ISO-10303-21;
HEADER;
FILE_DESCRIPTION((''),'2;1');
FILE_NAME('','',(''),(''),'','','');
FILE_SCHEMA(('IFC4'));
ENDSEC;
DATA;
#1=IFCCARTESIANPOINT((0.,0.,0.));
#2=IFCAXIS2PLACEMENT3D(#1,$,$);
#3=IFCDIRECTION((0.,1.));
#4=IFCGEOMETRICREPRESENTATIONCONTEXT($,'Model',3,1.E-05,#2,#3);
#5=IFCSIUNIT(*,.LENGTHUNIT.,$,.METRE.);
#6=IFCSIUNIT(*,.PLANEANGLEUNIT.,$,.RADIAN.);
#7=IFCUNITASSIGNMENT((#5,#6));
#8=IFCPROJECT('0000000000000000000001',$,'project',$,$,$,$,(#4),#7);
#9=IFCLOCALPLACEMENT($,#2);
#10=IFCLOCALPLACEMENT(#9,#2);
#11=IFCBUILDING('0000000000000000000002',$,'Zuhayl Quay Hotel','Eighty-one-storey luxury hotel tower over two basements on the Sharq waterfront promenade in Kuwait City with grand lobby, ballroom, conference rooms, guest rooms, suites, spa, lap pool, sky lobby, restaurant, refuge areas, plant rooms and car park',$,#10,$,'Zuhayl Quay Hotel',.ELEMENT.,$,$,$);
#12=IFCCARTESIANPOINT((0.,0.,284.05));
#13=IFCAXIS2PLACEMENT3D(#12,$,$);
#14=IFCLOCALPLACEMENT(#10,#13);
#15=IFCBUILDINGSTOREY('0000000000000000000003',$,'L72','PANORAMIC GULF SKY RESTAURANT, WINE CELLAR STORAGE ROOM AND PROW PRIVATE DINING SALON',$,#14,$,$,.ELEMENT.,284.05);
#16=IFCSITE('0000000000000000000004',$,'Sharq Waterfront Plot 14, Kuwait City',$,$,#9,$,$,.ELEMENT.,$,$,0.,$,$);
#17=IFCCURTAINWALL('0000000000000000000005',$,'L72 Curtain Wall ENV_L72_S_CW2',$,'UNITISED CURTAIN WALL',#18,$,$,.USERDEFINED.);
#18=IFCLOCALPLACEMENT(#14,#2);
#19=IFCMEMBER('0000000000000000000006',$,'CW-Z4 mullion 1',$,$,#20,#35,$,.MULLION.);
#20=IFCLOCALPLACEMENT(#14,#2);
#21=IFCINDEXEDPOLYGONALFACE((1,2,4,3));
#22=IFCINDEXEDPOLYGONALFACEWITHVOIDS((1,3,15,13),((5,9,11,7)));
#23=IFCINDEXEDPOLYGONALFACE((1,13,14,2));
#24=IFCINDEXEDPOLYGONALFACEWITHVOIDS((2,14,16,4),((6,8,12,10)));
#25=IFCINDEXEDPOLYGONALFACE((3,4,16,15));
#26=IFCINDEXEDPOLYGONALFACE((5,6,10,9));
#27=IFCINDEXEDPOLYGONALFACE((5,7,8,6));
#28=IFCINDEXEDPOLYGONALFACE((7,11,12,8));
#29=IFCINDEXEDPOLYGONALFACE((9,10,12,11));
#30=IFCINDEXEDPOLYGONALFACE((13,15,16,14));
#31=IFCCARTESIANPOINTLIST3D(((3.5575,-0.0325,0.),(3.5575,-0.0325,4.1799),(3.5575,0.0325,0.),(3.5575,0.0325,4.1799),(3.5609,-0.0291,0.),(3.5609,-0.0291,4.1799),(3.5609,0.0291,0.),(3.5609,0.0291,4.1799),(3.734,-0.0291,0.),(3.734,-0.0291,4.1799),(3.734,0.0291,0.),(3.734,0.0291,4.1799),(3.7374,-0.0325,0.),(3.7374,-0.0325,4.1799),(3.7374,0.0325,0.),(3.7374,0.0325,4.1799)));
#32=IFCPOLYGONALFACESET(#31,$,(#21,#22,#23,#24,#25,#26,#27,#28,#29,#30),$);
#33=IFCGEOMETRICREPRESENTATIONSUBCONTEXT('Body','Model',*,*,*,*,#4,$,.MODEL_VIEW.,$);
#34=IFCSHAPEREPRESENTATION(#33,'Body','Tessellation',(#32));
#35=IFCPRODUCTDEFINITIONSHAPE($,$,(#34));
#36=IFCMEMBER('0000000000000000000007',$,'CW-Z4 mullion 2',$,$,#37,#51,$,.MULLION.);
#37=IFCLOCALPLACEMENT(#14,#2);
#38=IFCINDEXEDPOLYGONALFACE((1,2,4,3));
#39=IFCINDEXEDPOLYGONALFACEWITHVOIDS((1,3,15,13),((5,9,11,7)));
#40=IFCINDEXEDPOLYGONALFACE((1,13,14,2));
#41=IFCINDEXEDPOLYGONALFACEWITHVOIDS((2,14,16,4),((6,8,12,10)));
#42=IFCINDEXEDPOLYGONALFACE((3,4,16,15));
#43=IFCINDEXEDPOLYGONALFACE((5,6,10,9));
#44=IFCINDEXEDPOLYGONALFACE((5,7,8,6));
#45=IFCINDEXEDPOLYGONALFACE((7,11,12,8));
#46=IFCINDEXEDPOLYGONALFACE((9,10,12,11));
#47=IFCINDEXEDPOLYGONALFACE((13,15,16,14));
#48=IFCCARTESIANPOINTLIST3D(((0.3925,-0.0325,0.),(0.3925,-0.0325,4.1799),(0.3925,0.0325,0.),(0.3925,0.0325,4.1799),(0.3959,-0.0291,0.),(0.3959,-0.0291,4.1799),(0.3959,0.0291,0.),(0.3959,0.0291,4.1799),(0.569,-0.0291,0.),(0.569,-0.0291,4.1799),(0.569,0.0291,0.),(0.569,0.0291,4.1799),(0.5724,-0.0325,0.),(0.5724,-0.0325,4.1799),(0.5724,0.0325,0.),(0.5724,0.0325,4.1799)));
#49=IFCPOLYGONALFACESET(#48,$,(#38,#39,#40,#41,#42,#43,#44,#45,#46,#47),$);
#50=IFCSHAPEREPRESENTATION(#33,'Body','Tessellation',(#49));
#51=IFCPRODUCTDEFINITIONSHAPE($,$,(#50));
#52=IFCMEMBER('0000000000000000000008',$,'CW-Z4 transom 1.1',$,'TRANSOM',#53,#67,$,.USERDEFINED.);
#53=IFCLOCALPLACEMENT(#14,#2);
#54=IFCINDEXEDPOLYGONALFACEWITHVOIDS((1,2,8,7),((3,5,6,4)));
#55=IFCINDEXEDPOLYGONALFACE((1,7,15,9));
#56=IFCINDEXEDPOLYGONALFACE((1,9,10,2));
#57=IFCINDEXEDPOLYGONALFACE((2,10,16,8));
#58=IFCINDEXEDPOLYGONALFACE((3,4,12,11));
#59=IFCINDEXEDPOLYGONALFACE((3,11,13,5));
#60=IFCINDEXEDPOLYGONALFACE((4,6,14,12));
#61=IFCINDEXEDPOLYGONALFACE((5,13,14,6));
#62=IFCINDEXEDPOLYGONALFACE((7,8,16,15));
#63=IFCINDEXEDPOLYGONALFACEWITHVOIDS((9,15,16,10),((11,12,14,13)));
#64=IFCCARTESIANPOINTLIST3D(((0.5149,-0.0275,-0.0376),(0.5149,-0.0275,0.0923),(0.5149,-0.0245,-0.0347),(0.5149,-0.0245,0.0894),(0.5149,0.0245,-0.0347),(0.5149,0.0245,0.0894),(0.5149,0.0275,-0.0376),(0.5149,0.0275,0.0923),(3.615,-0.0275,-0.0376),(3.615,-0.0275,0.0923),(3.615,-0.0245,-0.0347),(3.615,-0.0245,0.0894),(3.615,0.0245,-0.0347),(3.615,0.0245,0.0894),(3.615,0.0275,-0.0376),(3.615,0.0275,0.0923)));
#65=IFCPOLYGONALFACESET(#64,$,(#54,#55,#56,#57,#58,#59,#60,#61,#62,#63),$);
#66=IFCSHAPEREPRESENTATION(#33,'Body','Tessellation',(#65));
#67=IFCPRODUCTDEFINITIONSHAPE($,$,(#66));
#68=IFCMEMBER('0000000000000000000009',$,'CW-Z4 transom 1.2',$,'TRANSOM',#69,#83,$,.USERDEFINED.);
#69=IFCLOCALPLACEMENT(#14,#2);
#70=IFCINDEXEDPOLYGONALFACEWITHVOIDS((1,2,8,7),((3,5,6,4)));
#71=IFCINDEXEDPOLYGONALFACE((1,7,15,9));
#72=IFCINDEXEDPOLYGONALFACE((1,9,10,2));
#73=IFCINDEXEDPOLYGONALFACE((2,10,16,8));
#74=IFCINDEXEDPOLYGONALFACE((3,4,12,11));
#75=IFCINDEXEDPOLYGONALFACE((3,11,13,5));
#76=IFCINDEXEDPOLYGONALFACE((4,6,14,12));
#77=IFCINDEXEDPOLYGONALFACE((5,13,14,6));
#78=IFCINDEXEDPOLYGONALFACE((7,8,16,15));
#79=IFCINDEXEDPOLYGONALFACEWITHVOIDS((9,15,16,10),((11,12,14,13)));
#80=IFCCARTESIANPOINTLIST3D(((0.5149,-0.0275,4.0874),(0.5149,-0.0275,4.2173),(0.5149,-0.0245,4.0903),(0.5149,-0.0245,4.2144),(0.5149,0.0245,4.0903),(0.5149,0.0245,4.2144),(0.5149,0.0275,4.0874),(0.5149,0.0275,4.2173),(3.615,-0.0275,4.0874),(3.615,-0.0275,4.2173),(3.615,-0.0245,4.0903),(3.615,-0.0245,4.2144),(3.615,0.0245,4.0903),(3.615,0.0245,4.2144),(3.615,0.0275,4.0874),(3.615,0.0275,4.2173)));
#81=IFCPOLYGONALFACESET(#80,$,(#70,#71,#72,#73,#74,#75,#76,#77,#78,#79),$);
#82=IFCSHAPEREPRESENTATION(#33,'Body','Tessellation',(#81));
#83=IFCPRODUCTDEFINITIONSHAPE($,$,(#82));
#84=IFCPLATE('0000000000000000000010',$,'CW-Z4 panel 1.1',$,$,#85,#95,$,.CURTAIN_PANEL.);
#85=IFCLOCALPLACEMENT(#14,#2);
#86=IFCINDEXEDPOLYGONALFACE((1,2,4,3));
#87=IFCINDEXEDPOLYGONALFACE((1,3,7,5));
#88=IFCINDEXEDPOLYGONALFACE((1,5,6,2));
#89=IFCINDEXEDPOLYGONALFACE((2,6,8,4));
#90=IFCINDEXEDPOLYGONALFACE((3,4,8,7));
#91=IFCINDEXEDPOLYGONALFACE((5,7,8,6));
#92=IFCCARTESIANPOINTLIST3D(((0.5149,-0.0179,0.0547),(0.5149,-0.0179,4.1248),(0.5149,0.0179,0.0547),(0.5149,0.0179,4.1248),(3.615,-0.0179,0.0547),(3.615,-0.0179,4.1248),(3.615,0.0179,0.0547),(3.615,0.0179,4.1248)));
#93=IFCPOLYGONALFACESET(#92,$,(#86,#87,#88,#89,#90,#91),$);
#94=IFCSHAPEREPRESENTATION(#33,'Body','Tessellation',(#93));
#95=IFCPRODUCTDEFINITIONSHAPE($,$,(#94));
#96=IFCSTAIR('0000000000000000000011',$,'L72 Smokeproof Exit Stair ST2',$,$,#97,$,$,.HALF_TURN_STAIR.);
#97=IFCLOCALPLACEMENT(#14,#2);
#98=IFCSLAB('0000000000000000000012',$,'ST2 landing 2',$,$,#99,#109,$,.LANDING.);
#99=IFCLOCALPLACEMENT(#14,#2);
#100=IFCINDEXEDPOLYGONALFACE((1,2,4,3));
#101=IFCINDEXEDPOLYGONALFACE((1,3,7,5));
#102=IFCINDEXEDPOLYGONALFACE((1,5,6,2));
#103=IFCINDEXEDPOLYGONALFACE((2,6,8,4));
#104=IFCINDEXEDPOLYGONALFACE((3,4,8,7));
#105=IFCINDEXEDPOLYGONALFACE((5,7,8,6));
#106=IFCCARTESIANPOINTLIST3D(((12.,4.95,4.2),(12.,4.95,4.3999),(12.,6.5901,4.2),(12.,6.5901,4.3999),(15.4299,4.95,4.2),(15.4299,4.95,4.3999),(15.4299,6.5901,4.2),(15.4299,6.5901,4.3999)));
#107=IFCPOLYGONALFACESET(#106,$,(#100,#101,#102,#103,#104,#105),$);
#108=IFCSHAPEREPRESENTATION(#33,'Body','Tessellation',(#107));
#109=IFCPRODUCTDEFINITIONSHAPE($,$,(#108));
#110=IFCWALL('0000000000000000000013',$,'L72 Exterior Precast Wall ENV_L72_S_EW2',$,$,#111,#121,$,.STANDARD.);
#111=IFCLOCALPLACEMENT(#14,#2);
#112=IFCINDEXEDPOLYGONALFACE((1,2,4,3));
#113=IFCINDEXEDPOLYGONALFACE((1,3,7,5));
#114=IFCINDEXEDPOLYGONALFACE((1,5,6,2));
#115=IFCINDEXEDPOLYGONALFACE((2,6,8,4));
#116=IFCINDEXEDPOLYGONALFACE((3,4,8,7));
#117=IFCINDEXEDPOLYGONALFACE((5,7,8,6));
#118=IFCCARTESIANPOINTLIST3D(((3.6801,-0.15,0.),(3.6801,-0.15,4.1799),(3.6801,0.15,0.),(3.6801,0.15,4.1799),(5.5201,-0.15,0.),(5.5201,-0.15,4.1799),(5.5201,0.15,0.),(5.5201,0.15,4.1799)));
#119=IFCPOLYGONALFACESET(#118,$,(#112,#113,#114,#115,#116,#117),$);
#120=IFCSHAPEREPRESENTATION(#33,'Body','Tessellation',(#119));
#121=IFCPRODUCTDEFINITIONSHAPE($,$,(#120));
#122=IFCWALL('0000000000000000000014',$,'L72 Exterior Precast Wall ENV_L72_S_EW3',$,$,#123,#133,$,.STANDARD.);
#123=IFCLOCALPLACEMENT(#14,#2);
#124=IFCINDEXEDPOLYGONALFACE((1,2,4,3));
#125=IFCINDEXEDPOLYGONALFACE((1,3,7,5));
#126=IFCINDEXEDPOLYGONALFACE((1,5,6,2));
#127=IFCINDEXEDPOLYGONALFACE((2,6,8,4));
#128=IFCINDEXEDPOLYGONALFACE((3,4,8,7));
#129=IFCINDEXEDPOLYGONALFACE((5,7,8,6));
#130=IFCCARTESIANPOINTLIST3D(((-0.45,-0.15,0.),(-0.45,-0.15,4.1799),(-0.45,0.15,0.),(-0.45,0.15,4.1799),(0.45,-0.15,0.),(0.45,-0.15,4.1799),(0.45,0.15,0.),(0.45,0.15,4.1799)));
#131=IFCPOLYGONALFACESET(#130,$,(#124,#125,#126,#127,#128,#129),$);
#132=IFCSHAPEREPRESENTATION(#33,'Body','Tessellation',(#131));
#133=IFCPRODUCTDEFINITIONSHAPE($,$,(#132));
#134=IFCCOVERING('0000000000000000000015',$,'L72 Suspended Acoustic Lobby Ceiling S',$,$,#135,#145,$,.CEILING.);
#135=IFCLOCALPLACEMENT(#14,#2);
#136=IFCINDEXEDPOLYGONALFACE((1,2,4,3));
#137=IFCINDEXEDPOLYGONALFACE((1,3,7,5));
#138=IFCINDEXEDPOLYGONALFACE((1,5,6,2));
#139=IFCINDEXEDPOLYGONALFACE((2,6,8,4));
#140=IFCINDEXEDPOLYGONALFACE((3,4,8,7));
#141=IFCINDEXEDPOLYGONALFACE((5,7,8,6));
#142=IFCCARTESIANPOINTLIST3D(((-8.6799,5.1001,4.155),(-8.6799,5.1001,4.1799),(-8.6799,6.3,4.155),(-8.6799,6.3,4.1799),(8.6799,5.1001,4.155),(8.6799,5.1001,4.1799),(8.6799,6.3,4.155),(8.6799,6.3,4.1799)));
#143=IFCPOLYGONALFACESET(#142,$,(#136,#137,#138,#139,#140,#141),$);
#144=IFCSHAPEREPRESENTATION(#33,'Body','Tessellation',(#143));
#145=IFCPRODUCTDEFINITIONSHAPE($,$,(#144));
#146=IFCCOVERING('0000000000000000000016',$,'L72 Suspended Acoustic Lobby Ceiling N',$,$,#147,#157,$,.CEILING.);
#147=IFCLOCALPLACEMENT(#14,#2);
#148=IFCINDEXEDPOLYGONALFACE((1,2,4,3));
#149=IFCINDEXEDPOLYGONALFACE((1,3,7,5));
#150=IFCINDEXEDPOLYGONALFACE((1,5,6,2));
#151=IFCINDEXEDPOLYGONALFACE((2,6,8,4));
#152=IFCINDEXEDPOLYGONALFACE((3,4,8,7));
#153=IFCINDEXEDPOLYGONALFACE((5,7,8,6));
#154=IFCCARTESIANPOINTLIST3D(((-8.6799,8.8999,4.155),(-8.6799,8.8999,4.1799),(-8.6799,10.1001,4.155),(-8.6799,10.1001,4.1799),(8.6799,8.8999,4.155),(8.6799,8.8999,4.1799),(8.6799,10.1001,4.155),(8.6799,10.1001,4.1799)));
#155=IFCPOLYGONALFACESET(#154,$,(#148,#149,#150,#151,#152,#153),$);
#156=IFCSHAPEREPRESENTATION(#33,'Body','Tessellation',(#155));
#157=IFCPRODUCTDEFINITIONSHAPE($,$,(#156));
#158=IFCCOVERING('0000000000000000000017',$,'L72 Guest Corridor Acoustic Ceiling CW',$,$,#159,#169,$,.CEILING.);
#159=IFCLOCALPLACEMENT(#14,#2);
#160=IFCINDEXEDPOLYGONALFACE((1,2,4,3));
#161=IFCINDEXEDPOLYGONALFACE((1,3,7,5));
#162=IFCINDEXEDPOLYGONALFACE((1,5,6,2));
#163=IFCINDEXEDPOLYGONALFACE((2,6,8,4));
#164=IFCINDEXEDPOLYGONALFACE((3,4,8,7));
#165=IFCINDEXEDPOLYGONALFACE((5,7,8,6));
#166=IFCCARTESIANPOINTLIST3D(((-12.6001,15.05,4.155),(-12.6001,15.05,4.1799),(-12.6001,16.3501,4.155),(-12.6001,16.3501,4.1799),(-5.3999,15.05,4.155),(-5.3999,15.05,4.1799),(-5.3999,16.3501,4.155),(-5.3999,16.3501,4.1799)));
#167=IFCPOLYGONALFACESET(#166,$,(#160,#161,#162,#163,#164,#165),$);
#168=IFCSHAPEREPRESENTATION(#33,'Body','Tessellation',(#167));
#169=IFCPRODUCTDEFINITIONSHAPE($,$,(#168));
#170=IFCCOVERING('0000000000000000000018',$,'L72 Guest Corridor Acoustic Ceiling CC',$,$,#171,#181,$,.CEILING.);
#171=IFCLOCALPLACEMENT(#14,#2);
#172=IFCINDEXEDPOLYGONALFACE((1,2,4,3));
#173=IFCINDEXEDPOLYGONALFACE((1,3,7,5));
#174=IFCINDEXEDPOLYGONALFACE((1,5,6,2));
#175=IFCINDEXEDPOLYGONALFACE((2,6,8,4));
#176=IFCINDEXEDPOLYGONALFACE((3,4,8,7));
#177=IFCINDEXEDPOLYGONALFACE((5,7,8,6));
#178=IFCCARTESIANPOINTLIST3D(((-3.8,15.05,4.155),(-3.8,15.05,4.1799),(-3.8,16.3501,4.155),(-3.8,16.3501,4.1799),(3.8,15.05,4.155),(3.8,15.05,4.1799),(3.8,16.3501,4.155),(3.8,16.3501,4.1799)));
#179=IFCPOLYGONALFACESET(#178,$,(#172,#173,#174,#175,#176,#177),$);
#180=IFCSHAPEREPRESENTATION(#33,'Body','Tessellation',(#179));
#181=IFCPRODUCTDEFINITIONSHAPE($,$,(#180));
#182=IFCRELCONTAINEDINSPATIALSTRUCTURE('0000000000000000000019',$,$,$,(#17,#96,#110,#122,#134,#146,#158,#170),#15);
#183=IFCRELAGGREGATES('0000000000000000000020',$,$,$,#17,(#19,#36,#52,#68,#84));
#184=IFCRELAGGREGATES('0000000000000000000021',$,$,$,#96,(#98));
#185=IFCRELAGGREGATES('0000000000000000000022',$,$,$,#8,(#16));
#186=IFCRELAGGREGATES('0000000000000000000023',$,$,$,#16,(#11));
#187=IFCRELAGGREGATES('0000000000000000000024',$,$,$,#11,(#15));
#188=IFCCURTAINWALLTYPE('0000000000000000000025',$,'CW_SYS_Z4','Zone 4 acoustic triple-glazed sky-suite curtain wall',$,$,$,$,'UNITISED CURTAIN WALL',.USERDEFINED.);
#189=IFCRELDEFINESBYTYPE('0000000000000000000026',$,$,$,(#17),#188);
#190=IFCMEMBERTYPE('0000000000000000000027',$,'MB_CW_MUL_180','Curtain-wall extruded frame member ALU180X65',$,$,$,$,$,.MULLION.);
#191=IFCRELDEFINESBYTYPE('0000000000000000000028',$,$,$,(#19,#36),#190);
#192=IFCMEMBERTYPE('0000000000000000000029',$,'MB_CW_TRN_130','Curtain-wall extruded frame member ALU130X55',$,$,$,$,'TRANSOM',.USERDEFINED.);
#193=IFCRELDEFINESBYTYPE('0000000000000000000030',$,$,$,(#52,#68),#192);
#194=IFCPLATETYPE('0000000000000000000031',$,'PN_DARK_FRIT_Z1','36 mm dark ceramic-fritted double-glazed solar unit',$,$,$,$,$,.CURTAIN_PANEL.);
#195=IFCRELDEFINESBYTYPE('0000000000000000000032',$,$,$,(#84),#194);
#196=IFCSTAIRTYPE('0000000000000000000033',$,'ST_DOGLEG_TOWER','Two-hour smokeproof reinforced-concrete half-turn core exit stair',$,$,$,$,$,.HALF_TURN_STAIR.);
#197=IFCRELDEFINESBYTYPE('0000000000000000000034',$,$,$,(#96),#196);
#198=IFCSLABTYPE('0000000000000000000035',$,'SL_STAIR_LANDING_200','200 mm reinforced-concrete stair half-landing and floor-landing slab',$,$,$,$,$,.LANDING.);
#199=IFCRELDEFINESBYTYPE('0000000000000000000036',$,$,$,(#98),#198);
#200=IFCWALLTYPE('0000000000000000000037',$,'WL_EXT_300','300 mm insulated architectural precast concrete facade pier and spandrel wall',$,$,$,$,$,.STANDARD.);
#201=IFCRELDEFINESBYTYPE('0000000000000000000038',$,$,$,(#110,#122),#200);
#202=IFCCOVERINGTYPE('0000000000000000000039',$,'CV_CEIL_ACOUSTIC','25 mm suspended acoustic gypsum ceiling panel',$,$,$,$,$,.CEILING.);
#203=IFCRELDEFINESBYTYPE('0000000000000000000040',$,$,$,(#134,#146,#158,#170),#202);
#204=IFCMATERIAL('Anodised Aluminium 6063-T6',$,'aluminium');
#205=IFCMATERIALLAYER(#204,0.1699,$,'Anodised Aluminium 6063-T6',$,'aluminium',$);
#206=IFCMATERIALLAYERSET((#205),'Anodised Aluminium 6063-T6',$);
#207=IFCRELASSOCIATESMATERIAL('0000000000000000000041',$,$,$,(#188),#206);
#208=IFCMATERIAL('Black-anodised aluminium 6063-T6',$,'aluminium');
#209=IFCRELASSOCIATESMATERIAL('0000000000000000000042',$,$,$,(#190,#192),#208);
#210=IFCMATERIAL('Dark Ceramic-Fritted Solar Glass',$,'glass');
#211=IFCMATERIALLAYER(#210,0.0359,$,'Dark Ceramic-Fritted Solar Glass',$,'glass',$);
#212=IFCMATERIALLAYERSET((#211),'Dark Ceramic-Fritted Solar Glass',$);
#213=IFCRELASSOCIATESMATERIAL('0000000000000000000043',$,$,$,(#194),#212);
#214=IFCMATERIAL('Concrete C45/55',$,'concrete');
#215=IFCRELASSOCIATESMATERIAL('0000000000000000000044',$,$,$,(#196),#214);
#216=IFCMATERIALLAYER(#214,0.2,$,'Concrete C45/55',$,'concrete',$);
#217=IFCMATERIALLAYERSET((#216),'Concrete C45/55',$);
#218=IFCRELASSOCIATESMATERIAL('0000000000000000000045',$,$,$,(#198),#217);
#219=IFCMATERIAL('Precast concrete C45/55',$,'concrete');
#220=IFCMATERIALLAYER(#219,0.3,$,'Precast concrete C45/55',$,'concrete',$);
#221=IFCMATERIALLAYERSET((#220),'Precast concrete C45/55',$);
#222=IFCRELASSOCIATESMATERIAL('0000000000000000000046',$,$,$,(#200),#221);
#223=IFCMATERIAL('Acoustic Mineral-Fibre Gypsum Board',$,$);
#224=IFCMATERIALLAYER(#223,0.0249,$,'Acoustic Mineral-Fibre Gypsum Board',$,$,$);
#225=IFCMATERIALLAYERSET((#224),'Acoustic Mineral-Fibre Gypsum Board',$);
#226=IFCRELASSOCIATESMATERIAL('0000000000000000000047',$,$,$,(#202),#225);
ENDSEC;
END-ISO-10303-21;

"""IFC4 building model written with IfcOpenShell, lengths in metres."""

from ifc_helpers import new_model, si_unit, direction, frame, frame_2d, origin, origin_2d, place, context, subcontext, project, spatial, polyline, rectangle, hollow_rectangle, outline, extrude, material, layer, layer_set, material_profile, profile_set, type_object, element, aggregate, save


model = new_model("IFC4")

# Units and contexts
model_context = context("Model", 3, precision=1e-05, world=origin(), true_north=direction((0.0, 1.0)))
body_context = subcontext(model_context, "Body", "Model", "MODEL_VIEW")
ifc_project = project(units=[si_unit("LENGTHUNIT", "METRE"), si_unit("PLANEANGLEUNIT", "RADIAN")], contexts=[model_context])

# Site, building, storey
site_placement = place(None, origin())
site = spatial("IfcSite", under=ifc_project, at=site_placement, Name="Sharq Waterfront Plot 14, Kuwait City", CompositionType="ELEMENT", RefElevation=0.0)
building_placement = place(site_placement, origin())
building = spatial("IfcBuilding", under=site, at=building_placement, Name="Zuhayl Quay Hotel", Description="Eighty-one-storey luxury hotel tower over two basements on the Sharq waterfront promenade in Kuwait City with grand lobby, ballroom, conference rooms, guest rooms, suites, spa, lap pool, sky lobby, restaurant, refuge areas, plant rooms and car park", LongName="Zuhayl Quay Hotel", CompositionType="ELEMENT")
storey_placement = place(building_placement, frame((0.0, 0.0, 284.05)))
storey = spatial("IfcBuildingStorey", under=building, at=storey_placement, Name="L72", Description="PANORAMIC GULF SKY RESTAURANT, WINE CELLAR STORAGE ROOM AND PROW PRIVATE DINING SALON", CompositionType="ELEMENT", Elevation=284.05)

# Curtain wall, members, plate
ifc_material_1 = material(Name="Anodised Aluminium 6063-T6", Category="aluminium")
ifc_layer_1 = layer(ifc_material_1, 0.1699, Name="Anodised Aluminium 6063-T6", Category="aluminium")
ifc_layer_set_1 = layer_set([ifc_layer_1], Name="Anodised Aluminium 6063-T6")
curtain_wall_type = type_object("IfcCurtainWallType", Name="CW_SYS_Z4", Description="Zone 4 acoustic triple-glazed sky-suite curtain wall", ElementType="UNITISED CURTAIN WALL", PredefinedType="USERDEFINED", material=ifc_layer_set_1)
curtain_wall_placement = place(storey_placement, origin())
curtain_wall = element("IfcCurtainWall", 1, at=curtain_wall_placement, inside=storey, type_object=curtain_wall_type, Name="L72 Curtain Wall ENV_L72_S_CW2", ObjectType="UNITISED CURTAIN WALL", PredefinedType="USERDEFINED")
ifc_material_2 = material(Name="Black-anodised aluminium 6063-T6", Category="aluminium")
ifc_material_profile_1 = material_profile(ifc_material_2, hollow_rectangle(XDim=0.0649, YDim=0.1799, WallThickness=0.0034, at=origin_2d()), Name="ALU180X65")
ifc_profile_set_1 = profile_set([ifc_material_profile_1], Name="Black-anodised aluminium 6063-T6")
member_type_1 = type_object("IfcMemberType", Name="MB_CW_MUL_180", Description="Curtain-wall extruded frame member ALU180X65", PredefinedType="MULLION", material=ifc_profile_set_1)
member_1_placement = place(storey_placement, frame((3.6475, 0.0, 0.0), z_axis=(0.0, 0.0, 1.0), x_axis=(0.0, -1.0, 0.0)))
member_1 = element("IfcMember", 2, at=member_1_placement, type_object=member_type_1, Name="CW-Z4 mullion 1", PredefinedType="MULLION", context=body_context, shape_type="SweptSolid", body=[
    extrude(hollow_rectangle(XDim=0.0649, YDim=0.1799, WallThickness=0.0034, at=origin_2d()), origin(), (0.0, 0.0, 1.0), 4.1799),
])
member_2_placement = place(storey_placement, frame((0.4824, 0.0, 0.0), z_axis=(0.0, 0.0, 1.0), x_axis=(0.0, -1.0, 0.0)))
member_2 = element("IfcMember", 3, at=member_2_placement, type_object=member_type_1, Name="CW-Z4 mullion 2", PredefinedType="MULLION", context=body_context, shape_type="SweptSolid", body=[
    extrude(hollow_rectangle(XDim=0.0649, YDim=0.1799, WallThickness=0.0034, at=origin_2d()), origin(), (0.0, 0.0, 1.0), 4.1799),
])
ifc_material_profile_2 = material_profile(ifc_material_2, hollow_rectangle(XDim=0.0549, YDim=0.1299, WallThickness=0.0029, at=origin_2d()), Name="ALU130X55")
ifc_profile_set_2 = profile_set([ifc_material_profile_2], Name="Black-anodised aluminium 6063-T6")
member_type_2 = type_object("IfcMemberType", Name="MB_CW_TRN_130", Description="Curtain-wall extruded frame member ALU130X55", ElementType="TRANSOM", PredefinedType="USERDEFINED", material=ifc_profile_set_2)
member_3_placement = place(storey_placement, frame((3.615, 0.0, 0.0273), z_axis=(-1.0, 0.0, 0.0), x_axis=(0.0, -1.0, 0.0)))
member_3 = element("IfcMember", 4, at=member_3_placement, type_object=member_type_2, Name="CW-Z4 transom 1.1", ObjectType="TRANSOM", PredefinedType="USERDEFINED", context=body_context, shape_type="SweptSolid", body=[
    extrude(hollow_rectangle(XDim=0.0549, YDim=0.1299, WallThickness=0.0029, at=origin_2d()), origin(), (0.0, 0.0, 1.0), 3.1001),
])
member_4_placement = place(storey_placement, frame((3.615, 0.0, 4.1523), z_axis=(-1.0, 0.0, 0.0), x_axis=(0.0, -1.0, 0.0)))
member_4 = element("IfcMember", 5, at=member_4_placement, type_object=member_type_2, Name="CW-Z4 transom 1.2", ObjectType="TRANSOM", PredefinedType="USERDEFINED", context=body_context, shape_type="SweptSolid", body=[
    extrude(hollow_rectangle(XDim=0.0549, YDim=0.1299, WallThickness=0.0029, at=origin_2d()), origin(), (0.0, 0.0, 1.0), 3.1001),
])
ifc_material_3 = material(Name="Dark Ceramic-Fritted Solar Glass", Category="glass")
ifc_layer_2 = layer(ifc_material_3, 0.0359, Name="Dark Ceramic-Fritted Solar Glass", Category="glass")
ifc_layer_set_2 = layer_set([ifc_layer_2], Name="Dark Ceramic-Fritted Solar Glass")
plate_type = type_object("IfcPlateType", Name="PN_DARK_FRIT_Z1", Description="36 mm dark ceramic-fritted double-glazed solar unit", PredefinedType="CURTAIN_PANEL", material=ifc_layer_set_2)
plate_placement = place(storey_placement, frame((2.0649, 0.0, 0.0547), z_axis=(0.0, 0.0, 1.0), x_axis=(-1.0, 0.0, 0.0)))
plate = element("IfcPlate", 6, at=plate_placement, type_object=plate_type, Name="CW-Z4 panel 1.1", PredefinedType="CURTAIN_PANEL", context=body_context, shape_type="SweptSolid", body=[
    extrude(rectangle(XDim=3.1001, YDim=0.0359, at=origin_2d()), origin(), (0.0, 0.0, 1.0), 4.0701),
])
aggregate(curtain_wall, [member_1, member_2, member_3, member_4, plate])

# Stair, slab
ifc_material_4 = material(Name="Concrete C45/55", Category="concrete")
stair_type = type_object("IfcStairType", Name="ST_DOGLEG_TOWER", Description="Two-hour smokeproof reinforced-concrete half-turn core exit stair", PredefinedType="HALF_TURN_STAIR", material=ifc_material_4)
stair_placement = place(storey_placement, origin())
stair = element("IfcStair", 7, at=stair_placement, inside=storey, type_object=stair_type, Name="L72 Smokeproof Exit Stair ST2", PredefinedType="HALF_TURN_STAIR")
ifc_layer_3 = layer(ifc_material_4, 0.2, Name="Concrete C45/55", Category="concrete")
ifc_layer_set_3 = layer_set([ifc_layer_3], Name="Concrete C45/55")
slab_type = type_object("IfcSlabType", Name="SL_STAIR_LANDING_200", Description="200 mm reinforced-concrete stair half-landing and floor-landing slab", PredefinedType="LANDING", material=ifc_layer_set_3)
slab_placement = place(storey_placement, frame((0.0, 0.0, 4.2)))
slab = element("IfcSlab", 8, at=slab_placement, type_object=slab_type, Name="ST2 landing 2", PredefinedType="LANDING", context=body_context, shape_type="SweptSolid", body=[
    extrude(outline(polyline([(15.4299, 4.95), (15.4299, 6.5901), (12.0, 6.5901), (12.0, 4.95), (15.4299, 4.95)])), origin(), (0.0, 0.0, 1.0), 0.2),
])
aggregate(stair, [slab])

# Walls
ifc_material_5 = material(Name="Precast concrete C45/55", Category="concrete")
ifc_layer_4 = layer(ifc_material_5, 0.3, Name="Precast concrete C45/55", Category="concrete")
ifc_layer_set_4 = layer_set([ifc_layer_4], Name="Precast concrete C45/55")
wall_type = type_object("IfcWallType", Name="WL_EXT_300", Description="300 mm insulated architectural precast concrete facade pier and spandrel wall", PredefinedType="STANDARD", material=ifc_layer_set_4)
wall_1_placement = place(storey_placement, frame((5.52, 0.0, 0.0), z_axis=(0.0, 0.0, 1.0), x_axis=(-1.0, 0.0, 0.0)))
element("IfcWall", 9, at=wall_1_placement, inside=storey, type_object=wall_type, Name="L72 Exterior Precast Wall ENV_L72_S_EW2", PredefinedType="STANDARD", context=body_context, shape_type="SweptSolid", body=[
    extrude(rectangle(XDim=1.8401, YDim=0.3, at=frame_2d((0.9199, 0.0))), origin(), (0.0, 0.0, 1.0), 4.1799),
])
wall_2_placement = place(storey_placement, frame((0.45, 0.0, 0.0), z_axis=(0.0, 0.0, 1.0), x_axis=(-1.0, 0.0, 0.0)))
element("IfcWall", 10, at=wall_2_placement, inside=storey, type_object=wall_type, Name="L72 Exterior Precast Wall ENV_L72_S_EW3", PredefinedType="STANDARD", context=body_context, shape_type="SweptSolid", body=[
    extrude(rectangle(XDim=0.8999, YDim=0.3, at=frame_2d((0.45, 0.0))), origin(), (0.0, 0.0, 1.0), 4.1799),
])

# Coverings
ifc_material_6 = material(Name="Acoustic Mineral-Fibre Gypsum Board")
ifc_layer_5 = layer(ifc_material_6, 0.0249, Name="Acoustic Mineral-Fibre Gypsum Board")
ifc_layer_set_5 = layer_set([ifc_layer_5], Name="Acoustic Mineral-Fibre Gypsum Board")
covering_type_1 = type_object("IfcCoveringType", Name="CV_CEIL_ACOUSTIC", Description="25 mm suspended acoustic gypsum ceiling panel", PredefinedType="CEILING", material=ifc_layer_set_5)
covering_1_placement = place(storey_placement, frame((0.0, 0.0, 4.155)))
element("IfcCovering", 11, at=covering_1_placement, inside=storey, type_object=covering_type_1, Name="L72 Suspended Acoustic Lobby Ceiling S", PredefinedType="CEILING", context=body_context, shape_type="SweptSolid", body=[
    extrude(outline(polyline([(-8.6799, 5.1001), (8.6799, 5.1001), (8.6799, 6.3), (-8.6799, 6.3), (-8.6799, 5.1001)])), origin(), (0.0, 0.0, 1.0), 0.0249),
])
covering_2_placement = place(storey_placement, frame((0.0, 0.0, 4.155)))
element("IfcCovering", 12, at=covering_2_placement, inside=storey, type_object=covering_type_1, Name="L72 Suspended Acoustic Lobby Ceiling N", PredefinedType="CEILING", context=body_context, shape_type="SweptSolid", body=[
    extrude(outline(polyline([(-8.6799, 8.8999), (8.6799, 8.8999), (8.6799, 10.1001), (-8.6799, 10.1001), (-8.6799, 8.8999)])), origin(), (0.0, 0.0, 1.0), 0.0249),
])
covering_3_placement = place(storey_placement, frame((0.0, 0.0, 4.155)))
element("IfcCovering", 13, at=covering_3_placement, inside=storey, type_object=covering_type_1, Name="L72 Guest Corridor Acoustic Ceiling CW", PredefinedType="CEILING", context=body_context, shape_type="SweptSolid", body=[
    extrude(outline(polyline([(-12.6001, 15.05), (-5.3999, 15.05), (-5.3999, 16.3501), (-12.6001, 16.3501), (-12.6001, 15.05)])), origin(), (0.0, 0.0, 1.0), 0.0249),
])
covering_4_placement = place(storey_placement, frame((0.0, 0.0, 4.155)))
element("IfcCovering", 14, at=covering_4_placement, inside=storey, type_object=covering_type_1, Name="L72 Guest Corridor Acoustic Ceiling CC", PredefinedType="CEILING", context=body_context, shape_type="SweptSolid", body=[
    extrude(outline(polyline([(-3.8, 15.05), (3.8, 15.05), (3.8, 16.3501), (-3.8, 16.3501), (-3.8, 15.05)])), origin(), (0.0, 0.0, 1.0), 0.0249),
])

save(model, "model.ifc")
